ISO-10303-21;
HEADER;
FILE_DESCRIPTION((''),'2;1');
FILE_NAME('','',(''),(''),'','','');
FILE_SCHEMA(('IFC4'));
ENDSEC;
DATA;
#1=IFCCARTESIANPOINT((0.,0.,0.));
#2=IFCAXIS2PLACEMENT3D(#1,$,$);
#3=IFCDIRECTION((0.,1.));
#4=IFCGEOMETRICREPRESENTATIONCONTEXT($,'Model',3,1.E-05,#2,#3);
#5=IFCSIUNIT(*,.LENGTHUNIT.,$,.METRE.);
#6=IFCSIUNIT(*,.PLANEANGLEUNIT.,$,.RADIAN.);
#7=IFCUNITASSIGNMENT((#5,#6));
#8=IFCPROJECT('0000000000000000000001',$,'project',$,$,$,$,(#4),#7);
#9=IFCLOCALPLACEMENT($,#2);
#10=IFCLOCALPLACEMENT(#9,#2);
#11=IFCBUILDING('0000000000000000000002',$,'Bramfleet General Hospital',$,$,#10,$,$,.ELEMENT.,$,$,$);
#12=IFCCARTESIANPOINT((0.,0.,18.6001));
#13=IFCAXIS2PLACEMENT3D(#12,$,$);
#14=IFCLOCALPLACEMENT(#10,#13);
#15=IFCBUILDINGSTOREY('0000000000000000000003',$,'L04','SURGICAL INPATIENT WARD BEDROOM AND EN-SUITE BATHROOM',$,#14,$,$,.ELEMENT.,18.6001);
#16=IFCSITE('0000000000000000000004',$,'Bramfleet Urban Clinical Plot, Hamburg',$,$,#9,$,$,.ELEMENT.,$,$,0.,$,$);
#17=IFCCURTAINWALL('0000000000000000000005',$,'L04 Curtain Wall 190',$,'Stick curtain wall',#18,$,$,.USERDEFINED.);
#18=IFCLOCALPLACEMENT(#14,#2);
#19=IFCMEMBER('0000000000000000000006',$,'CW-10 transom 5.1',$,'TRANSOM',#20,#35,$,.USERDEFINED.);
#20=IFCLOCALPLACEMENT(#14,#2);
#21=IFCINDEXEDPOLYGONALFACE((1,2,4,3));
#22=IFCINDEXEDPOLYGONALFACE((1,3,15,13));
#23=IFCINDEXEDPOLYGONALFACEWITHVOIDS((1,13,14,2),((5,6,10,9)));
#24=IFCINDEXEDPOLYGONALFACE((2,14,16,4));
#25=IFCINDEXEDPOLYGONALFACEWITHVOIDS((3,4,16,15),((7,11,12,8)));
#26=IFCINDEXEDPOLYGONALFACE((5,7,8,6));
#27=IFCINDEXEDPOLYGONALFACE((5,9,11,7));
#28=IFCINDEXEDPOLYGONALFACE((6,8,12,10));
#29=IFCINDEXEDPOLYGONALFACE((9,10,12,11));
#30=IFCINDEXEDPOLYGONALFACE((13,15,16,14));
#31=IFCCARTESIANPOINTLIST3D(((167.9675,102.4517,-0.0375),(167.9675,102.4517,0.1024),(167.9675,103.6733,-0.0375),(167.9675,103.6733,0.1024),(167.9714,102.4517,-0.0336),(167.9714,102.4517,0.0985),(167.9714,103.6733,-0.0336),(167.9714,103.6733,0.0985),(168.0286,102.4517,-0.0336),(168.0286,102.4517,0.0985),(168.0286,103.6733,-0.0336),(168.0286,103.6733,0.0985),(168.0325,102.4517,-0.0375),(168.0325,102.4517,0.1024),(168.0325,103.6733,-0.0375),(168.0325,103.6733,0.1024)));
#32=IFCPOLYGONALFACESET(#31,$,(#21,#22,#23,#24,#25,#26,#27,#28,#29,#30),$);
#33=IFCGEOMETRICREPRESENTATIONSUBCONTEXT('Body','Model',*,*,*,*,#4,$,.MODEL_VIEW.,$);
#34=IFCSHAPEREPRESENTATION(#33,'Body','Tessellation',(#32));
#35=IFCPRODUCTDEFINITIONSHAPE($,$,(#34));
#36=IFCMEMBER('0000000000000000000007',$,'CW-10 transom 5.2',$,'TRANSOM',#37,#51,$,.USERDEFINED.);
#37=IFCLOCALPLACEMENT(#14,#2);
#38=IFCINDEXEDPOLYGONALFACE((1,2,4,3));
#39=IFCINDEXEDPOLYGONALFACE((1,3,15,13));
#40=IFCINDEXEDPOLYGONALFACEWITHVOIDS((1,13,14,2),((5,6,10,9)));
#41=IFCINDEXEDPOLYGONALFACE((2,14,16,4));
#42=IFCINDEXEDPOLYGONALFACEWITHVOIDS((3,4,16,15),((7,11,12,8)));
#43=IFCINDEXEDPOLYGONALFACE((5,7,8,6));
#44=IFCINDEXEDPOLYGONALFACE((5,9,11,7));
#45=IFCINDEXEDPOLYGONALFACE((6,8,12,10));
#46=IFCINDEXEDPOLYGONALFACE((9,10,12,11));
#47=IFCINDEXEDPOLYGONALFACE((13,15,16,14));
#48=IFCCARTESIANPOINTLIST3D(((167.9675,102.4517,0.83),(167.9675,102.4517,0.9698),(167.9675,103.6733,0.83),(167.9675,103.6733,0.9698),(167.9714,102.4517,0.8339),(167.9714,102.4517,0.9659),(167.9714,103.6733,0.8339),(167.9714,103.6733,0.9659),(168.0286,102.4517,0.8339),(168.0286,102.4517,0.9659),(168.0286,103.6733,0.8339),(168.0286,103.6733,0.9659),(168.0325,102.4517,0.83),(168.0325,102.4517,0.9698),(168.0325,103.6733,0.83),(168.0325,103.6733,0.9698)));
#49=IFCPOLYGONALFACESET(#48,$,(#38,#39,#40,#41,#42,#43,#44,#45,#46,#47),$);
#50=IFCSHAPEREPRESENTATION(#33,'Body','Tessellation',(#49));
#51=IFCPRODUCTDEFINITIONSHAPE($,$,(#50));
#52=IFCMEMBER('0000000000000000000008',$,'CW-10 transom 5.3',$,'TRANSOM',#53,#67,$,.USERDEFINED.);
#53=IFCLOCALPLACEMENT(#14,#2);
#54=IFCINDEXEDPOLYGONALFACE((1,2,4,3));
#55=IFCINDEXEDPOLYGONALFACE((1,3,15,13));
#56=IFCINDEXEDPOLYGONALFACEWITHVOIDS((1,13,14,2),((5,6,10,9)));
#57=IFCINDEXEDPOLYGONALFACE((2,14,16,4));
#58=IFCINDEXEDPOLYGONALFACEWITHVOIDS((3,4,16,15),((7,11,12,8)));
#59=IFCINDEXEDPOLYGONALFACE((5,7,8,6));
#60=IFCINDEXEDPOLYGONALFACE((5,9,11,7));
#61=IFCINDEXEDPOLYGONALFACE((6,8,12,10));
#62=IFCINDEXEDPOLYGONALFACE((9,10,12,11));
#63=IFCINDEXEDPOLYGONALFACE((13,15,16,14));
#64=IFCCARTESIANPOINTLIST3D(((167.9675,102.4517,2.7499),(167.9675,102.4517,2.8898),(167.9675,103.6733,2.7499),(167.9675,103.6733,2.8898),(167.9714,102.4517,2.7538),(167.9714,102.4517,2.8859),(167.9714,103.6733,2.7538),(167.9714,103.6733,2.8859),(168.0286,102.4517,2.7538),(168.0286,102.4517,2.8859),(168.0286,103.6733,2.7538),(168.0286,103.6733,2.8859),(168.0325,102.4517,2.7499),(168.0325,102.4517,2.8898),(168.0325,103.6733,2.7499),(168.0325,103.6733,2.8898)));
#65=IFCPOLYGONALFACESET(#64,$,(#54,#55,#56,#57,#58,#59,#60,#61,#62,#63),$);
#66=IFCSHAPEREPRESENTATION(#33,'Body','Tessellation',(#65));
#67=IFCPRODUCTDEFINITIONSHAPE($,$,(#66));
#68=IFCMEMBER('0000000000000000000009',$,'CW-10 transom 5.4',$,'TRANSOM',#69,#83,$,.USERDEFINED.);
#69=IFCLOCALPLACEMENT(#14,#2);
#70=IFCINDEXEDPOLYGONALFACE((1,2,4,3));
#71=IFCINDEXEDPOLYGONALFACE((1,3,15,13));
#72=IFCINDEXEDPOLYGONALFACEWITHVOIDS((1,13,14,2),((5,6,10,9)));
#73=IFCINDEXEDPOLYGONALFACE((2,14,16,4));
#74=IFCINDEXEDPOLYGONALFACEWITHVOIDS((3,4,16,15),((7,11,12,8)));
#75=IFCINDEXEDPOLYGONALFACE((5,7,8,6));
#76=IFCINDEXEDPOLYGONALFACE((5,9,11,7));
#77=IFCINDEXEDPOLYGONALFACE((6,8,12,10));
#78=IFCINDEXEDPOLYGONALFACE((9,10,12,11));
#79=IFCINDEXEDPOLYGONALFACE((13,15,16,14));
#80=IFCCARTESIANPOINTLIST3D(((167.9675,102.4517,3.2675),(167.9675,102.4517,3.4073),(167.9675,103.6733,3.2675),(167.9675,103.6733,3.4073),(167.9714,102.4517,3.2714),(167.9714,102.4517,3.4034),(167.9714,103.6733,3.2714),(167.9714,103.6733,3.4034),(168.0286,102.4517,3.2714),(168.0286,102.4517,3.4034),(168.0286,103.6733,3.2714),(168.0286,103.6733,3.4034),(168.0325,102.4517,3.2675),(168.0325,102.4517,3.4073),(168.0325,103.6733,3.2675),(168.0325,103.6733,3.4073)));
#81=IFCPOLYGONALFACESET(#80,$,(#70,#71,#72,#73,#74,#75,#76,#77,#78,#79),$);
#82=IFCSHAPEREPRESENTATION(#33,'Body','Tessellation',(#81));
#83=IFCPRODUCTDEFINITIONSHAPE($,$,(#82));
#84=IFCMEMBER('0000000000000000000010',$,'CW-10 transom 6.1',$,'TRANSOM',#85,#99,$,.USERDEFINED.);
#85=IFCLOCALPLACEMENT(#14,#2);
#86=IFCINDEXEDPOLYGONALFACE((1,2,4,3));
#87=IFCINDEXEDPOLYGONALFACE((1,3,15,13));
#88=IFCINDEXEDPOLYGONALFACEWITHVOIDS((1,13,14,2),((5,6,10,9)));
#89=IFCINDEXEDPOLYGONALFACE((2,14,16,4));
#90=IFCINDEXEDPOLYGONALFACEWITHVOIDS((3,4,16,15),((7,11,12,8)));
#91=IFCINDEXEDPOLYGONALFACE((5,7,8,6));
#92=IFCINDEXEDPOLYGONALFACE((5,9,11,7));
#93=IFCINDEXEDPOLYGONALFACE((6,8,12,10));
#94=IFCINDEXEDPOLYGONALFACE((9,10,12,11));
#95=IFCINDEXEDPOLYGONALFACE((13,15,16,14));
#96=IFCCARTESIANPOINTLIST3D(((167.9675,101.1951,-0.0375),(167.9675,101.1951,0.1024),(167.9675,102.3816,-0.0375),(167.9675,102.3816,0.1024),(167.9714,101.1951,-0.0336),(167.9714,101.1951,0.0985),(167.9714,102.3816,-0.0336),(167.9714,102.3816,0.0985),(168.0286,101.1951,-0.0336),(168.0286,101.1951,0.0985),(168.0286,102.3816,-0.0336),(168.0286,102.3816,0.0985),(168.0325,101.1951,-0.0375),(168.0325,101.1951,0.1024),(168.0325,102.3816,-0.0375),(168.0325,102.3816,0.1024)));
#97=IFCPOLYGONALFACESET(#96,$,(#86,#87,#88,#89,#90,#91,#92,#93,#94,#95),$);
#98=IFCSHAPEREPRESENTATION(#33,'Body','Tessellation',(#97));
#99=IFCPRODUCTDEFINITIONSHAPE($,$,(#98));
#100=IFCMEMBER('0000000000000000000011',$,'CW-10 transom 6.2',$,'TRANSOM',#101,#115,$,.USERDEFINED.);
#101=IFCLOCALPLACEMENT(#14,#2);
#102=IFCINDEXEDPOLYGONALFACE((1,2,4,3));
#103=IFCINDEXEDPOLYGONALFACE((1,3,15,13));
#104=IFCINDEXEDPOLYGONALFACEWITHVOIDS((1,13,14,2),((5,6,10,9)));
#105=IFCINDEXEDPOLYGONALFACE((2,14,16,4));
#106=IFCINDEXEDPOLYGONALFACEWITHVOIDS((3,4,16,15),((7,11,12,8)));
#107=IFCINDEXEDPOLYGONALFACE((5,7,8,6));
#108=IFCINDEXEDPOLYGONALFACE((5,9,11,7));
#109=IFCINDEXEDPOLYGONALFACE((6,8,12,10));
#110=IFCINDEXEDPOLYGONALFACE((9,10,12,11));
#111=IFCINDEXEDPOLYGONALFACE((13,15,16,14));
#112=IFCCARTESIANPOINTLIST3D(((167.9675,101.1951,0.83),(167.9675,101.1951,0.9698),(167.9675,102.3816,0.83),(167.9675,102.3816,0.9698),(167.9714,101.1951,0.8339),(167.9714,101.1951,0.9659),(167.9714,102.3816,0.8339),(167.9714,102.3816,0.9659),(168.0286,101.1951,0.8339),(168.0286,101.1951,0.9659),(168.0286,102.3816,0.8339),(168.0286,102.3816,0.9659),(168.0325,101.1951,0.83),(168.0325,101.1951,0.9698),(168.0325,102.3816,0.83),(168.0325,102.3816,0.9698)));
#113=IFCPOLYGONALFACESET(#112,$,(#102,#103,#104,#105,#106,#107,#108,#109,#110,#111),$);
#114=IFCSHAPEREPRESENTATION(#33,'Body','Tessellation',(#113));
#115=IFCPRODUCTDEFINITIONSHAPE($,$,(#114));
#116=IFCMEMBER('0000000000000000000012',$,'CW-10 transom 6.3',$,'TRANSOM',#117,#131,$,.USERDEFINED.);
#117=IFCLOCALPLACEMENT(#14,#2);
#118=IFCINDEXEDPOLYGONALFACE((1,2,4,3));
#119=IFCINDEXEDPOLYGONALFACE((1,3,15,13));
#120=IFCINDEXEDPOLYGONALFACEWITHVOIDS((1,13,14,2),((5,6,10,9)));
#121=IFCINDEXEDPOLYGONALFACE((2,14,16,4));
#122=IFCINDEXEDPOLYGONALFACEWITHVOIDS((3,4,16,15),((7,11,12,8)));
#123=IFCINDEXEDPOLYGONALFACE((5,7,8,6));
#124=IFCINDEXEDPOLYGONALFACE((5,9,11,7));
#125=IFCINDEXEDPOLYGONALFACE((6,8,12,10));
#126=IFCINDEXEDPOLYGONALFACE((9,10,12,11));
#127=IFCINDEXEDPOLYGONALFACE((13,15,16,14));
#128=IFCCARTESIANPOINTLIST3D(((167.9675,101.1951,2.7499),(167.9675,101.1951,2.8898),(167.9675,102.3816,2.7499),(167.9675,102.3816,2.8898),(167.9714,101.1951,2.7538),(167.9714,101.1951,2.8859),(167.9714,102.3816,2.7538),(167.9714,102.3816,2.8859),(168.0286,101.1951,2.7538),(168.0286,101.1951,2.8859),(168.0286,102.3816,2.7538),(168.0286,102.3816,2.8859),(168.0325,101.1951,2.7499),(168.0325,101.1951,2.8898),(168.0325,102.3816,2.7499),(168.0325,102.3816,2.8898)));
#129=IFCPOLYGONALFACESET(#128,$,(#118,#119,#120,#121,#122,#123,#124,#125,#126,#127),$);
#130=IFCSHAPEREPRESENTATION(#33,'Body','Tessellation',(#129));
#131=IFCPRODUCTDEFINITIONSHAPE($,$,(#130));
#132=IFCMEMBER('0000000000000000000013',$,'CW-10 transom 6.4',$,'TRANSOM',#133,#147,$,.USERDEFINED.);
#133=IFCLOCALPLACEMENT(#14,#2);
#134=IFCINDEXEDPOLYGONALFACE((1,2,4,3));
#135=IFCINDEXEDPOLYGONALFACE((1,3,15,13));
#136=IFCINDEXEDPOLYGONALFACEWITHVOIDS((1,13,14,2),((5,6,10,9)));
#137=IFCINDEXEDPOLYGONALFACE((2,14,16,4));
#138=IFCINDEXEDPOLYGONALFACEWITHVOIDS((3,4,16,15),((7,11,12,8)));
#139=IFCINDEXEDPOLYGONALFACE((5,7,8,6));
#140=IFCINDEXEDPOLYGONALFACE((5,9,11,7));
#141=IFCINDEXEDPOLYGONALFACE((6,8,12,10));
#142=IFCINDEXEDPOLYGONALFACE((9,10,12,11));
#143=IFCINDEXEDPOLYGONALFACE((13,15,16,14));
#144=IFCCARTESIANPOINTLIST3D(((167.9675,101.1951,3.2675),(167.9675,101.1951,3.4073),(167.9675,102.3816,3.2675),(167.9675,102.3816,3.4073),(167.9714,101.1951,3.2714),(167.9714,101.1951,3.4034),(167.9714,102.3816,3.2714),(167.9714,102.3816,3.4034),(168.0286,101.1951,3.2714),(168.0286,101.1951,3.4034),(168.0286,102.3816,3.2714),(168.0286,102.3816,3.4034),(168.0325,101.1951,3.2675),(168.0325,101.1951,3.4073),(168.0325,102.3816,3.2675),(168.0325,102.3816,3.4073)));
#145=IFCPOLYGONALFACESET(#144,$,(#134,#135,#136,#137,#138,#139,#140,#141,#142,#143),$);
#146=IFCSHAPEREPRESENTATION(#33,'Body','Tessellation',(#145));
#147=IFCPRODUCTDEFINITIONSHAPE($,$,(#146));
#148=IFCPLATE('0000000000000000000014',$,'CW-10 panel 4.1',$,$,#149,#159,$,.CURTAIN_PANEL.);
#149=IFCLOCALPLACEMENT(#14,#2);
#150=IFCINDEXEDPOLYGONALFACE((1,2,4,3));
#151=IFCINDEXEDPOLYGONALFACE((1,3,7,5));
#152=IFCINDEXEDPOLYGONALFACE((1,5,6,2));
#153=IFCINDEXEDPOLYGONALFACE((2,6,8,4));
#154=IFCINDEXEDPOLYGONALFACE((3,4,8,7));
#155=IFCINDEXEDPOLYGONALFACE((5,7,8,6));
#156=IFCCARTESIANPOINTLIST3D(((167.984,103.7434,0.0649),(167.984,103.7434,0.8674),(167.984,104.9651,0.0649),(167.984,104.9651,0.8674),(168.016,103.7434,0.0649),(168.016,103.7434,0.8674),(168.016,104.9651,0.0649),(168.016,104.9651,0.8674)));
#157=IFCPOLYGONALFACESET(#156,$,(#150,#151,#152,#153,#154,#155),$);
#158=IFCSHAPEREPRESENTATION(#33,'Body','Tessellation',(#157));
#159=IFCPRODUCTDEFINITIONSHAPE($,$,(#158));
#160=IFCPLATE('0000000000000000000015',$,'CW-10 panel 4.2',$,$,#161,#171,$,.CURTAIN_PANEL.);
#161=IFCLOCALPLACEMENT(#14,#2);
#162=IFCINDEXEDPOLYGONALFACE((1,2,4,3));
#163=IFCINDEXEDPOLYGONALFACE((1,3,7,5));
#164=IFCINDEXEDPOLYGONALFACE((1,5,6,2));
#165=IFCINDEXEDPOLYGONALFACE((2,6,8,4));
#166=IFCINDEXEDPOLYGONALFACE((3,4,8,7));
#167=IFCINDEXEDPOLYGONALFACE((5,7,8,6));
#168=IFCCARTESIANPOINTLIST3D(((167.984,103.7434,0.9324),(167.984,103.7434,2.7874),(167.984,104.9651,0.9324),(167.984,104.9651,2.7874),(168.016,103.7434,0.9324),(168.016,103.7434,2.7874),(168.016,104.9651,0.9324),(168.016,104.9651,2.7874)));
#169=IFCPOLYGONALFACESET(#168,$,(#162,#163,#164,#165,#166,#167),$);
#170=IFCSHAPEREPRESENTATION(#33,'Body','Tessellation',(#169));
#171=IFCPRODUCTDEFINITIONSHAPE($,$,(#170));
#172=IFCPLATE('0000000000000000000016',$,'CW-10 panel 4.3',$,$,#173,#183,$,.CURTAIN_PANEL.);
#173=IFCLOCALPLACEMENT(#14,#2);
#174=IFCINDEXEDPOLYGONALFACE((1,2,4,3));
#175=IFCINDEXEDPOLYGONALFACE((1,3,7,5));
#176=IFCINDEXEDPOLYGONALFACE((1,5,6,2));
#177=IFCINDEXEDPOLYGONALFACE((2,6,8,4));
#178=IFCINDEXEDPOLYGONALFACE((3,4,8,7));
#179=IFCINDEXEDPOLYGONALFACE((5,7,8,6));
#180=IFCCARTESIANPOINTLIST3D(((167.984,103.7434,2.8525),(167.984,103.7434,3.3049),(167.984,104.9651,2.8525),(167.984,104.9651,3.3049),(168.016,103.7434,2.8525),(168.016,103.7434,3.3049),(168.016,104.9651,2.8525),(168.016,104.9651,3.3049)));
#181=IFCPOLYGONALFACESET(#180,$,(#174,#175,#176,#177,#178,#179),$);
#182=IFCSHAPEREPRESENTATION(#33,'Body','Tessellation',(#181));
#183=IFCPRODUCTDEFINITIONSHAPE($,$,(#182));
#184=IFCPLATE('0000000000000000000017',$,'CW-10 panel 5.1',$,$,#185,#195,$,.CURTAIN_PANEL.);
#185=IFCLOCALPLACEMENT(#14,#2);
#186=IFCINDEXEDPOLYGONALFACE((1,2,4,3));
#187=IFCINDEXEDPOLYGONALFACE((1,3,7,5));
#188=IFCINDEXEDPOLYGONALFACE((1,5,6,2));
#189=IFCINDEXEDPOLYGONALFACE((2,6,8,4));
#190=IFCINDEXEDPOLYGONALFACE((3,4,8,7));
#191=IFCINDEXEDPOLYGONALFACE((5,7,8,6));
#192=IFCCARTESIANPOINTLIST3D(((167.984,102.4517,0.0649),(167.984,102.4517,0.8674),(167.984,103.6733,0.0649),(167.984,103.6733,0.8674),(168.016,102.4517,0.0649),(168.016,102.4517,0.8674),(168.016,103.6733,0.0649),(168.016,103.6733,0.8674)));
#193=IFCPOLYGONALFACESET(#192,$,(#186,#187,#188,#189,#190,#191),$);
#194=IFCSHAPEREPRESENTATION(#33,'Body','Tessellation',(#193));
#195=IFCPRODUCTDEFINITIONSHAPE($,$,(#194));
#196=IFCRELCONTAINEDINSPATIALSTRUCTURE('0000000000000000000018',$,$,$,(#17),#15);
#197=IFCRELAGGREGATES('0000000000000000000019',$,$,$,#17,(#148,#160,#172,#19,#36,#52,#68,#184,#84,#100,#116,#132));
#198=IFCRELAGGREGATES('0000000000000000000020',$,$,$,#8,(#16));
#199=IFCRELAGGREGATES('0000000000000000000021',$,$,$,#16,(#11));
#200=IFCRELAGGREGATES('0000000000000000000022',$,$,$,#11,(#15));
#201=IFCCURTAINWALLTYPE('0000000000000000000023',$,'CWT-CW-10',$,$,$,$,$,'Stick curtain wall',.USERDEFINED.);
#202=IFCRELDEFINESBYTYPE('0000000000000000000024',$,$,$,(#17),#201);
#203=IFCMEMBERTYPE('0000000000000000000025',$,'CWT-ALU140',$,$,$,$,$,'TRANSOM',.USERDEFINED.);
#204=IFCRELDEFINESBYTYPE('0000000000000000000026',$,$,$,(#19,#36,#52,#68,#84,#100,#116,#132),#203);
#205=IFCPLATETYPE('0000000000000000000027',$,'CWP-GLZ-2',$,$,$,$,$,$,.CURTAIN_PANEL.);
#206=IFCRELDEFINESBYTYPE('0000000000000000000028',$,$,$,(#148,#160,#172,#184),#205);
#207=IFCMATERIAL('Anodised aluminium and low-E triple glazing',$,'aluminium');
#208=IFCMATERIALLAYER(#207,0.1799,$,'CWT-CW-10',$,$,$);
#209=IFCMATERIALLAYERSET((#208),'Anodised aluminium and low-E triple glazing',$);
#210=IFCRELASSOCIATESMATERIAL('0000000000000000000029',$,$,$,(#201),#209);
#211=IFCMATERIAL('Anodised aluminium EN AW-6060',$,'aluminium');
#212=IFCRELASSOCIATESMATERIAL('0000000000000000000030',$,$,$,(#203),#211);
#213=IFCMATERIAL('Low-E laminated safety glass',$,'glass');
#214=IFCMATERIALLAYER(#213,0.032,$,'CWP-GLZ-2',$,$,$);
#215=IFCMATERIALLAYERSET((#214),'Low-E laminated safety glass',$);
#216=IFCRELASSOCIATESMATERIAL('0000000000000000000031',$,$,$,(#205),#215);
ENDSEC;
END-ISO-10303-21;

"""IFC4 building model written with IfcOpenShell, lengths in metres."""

from ifc_helpers import new_model, si_unit, direction, frame, origin, origin_2d, place, context, subcontext, project, spatial, rectangle, hollow_rectangle, extrude, material, layer, layer_set, material_profile, profile_set, type_object, element, aggregate, save


model = new_model("IFC4")

# Units and contexts
model_context = context("Model", 3, precision=1e-05, world=origin(), true_north=direction((0.0, 1.0)))
body_context = subcontext(model_context, "Body", "Model", "MODEL_VIEW")
ifc_project = project(units=[si_unit("LENGTHUNIT", "METRE"), si_unit("PLANEANGLEUNIT", "RADIAN")], contexts=[model_context])

# Site, building, storey
site_placement = place(None, origin())
site = spatial("IfcSite", under=ifc_project, at=site_placement, Name="Bramfleet Urban Clinical Plot, Hamburg", CompositionType="ELEMENT", RefElevation=0.0)
building_placement = place(site_placement, origin())
building = spatial("IfcBuilding", under=site, at=building_placement, Name="Bramfleet General Hospital", CompositionType="ELEMENT")
storey_placement = place(building_placement, frame((0.0, 0.0, 18.6001)))
storey = spatial("IfcBuildingStorey", under=building, at=storey_placement, Name="L04", Description="SURGICAL INPATIENT WARD BEDROOM AND EN-SUITE BATHROOM", CompositionType="ELEMENT", Elevation=18.6001)

# Curtain wall, members, plates
ifc_material_1 = material(Name="Anodised aluminium and low-E triple glazing", Category="aluminium")
ifc_layer_1 = layer(ifc_material_1, 0.1799, Name="CWT-CW-10")
ifc_layer_set_1 = layer_set([ifc_layer_1], Name="Anodised aluminium and low-E triple glazing")
curtain_wall_type = type_object("IfcCurtainWallType", Name="CWT-CW-10", ElementType="Stick curtain wall", PredefinedType="USERDEFINED", material=ifc_layer_set_1)
curtain_wall_placement = place(storey_placement, origin())
curtain_wall = element("IfcCurtainWall", 1, at=curtain_wall_placement, inside=storey, type_object=curtain_wall_type, Name="L04 Curtain Wall 190", ObjectType="Stick curtain wall", PredefinedType="USERDEFINED")
ifc_material_2 = material(Name="Anodised aluminium EN AW-6060", Category="aluminium")
ifc_material_profile_1 = material_profile(ifc_material_2, hollow_rectangle(XDim=0.0649, YDim=0.1399, WallThickness=0.0039, at=origin_2d()), Name="ALU 140x65x4.0")
ifc_profile_set_1 = profile_set([ifc_material_profile_1], Name="Anodised aluminium EN AW-6060")
member_type_1 = type_object("IfcMemberType", Name="CWT-ALU140", ElementType="TRANSOM", PredefinedType="USERDEFINED", material=ifc_profile_set_1)
member_1_placement = place(storey_placement, frame((168.0, 103.6733, 0.0325), z_axis=(0.0, -1.0, 0.0), x_axis=(1.0, 0.0, 0.0)))
member_1 = element("IfcMember", 2, at=member_1_placement, type_object=member_type_1, Name="CW-10 transom 5.1", ObjectType="TRANSOM", PredefinedType="USERDEFINED", context=body_context, shape_type="SweptSolid", body=[
    extrude(hollow_rectangle(XDim=0.0649, YDim=0.1399, WallThickness=0.0039, at=origin_2d()), origin(), (0.0, 0.0, 1.0), 1.2217),
])
member_2_placement = place(storey_placement, frame((168.0, 103.6733, 0.8999), z_axis=(0.0, -1.0, 0.0), x_axis=(1.0, 0.0, 0.0)))
member_2 = element("IfcMember", 3, at=member_2_placement, type_object=member_type_1, Name="CW-10 transom 5.2", ObjectType="TRANSOM", PredefinedType="USERDEFINED", context=body_context, shape_type="SweptSolid", body=[
    extrude(hollow_rectangle(XDim=0.0649, YDim=0.1399, WallThickness=0.0039, at=origin_2d()), origin(), (0.0, 0.0, 1.0), 1.2217),
])
member_3_placement = place(storey_placement, frame((168.0, 103.6733, 2.8198), z_axis=(0.0, -1.0, 0.0), x_axis=(1.0, 0.0, 0.0)))
member_3 = element("IfcMember", 4, at=member_3_placement, type_object=member_type_1, Name="CW-10 transom 5.3", ObjectType="TRANSOM", PredefinedType="USERDEFINED", context=body_context, shape_type="SweptSolid", body=[
    extrude(hollow_rectangle(XDim=0.0649, YDim=0.1399, WallThickness=0.0039, at=origin_2d()), origin(), (0.0, 0.0, 1.0), 1.2217),
])
member_4_placement = place(storey_placement, frame((168.0, 103.6733, 3.3374), z_axis=(0.0, -1.0, 0.0), x_axis=(1.0, 0.0, 0.0)))
member_4 = element("IfcMember", 5, at=member_4_placement, type_object=member_type_1, Name="CW-10 transom 5.4", ObjectType="TRANSOM", PredefinedType="USERDEFINED", context=body_context, shape_type="SweptSolid", body=[
    extrude(hollow_rectangle(XDim=0.0649, YDim=0.1399, WallThickness=0.0039, at=origin_2d()), origin(), (0.0, 0.0, 1.0), 1.2217),
])
member_5_placement = place(storey_placement, frame((168.0, 102.3816, 0.0325), z_axis=(0.0, -1.0, 0.0), x_axis=(1.0, 0.0, 0.0)))
member_5 = element("IfcMember", 6, at=member_5_placement, type_object=member_type_1, Name="CW-10 transom 6.1", ObjectType="TRANSOM", PredefinedType="USERDEFINED", context=body_context, shape_type="SweptSolid", body=[
    extrude(hollow_rectangle(XDim=0.0649, YDim=0.1399, WallThickness=0.0039, at=origin_2d()), origin(), (0.0, 0.0, 1.0), 1.1865),
])
member_6_placement = place(storey_placement, frame((168.0, 102.3816, 0.8999), z_axis=(0.0, -1.0, 0.0), x_axis=(1.0, 0.0, 0.0)))
member_6 = element("IfcMember", 7, at=member_6_placement, type_object=member_type_1, Name="CW-10 transom 6.2", ObjectType="TRANSOM", PredefinedType="USERDEFINED", context=body_context, shape_type="SweptSolid", body=[
    extrude(hollow_rectangle(XDim=0.0649, YDim=0.1399, WallThickness=0.0039, at=origin_2d()), origin(), (0.0, 0.0, 1.0), 1.1865),
])
member_7_placement = place(storey_placement, frame((168.0, 102.3816, 2.8198), z_axis=(0.0, -1.0, 0.0), x_axis=(1.0, 0.0, 0.0)))
member_7 = element("IfcMember", 8, at=member_7_placement, type_object=member_type_1, Name="CW-10 transom 6.3", ObjectType="TRANSOM", PredefinedType="USERDEFINED", context=body_context, shape_type="SweptSolid", body=[
    extrude(hollow_rectangle(XDim=0.0649, YDim=0.1399, WallThickness=0.0039, at=origin_2d()), origin(), (0.0, 0.0, 1.0), 1.1865),
])
member_8_placement = place(storey_placement, frame((168.0, 102.3816, 3.3374), z_axis=(0.0, -1.0, 0.0), x_axis=(1.0, 0.0, 0.0)))
member_8 = element("IfcMember", 9, at=member_8_placement, type_object=member_type_1, Name="CW-10 transom 6.4", ObjectType="TRANSOM", PredefinedType="USERDEFINED", context=body_context, shape_type="SweptSolid", body=[
    extrude(hollow_rectangle(XDim=0.0649, YDim=0.1399, WallThickness=0.0039, at=origin_2d()), origin(), (0.0, 0.0, 1.0), 1.1865),
])
ifc_material_3 = material(Name="Low-E laminated safety glass", Category="glass")
ifc_layer_2 = layer(ifc_material_3, 0.032, Name="CWP-GLZ-2")
ifc_layer_set_2 = layer_set([ifc_layer_2], Name="Low-E laminated safety glass")
plate_type = type_object("IfcPlateType", Name="CWP-GLZ-2", PredefinedType="CURTAIN_PANEL", material=ifc_layer_set_2)
plate_1_placement = place(storey_placement, frame((168.0, 104.3542, 0.0649), z_axis=(0.0, 0.0, 1.0), x_axis=(0.0, -1.0, 0.0)))
plate_1 = element("IfcPlate", 10, at=plate_1_placement, type_object=plate_type, Name="CW-10 panel 4.1", PredefinedType="CURTAIN_PANEL", context=body_context, shape_type="SweptSolid", body=[
    extrude(rectangle(XDim=1.2217, YDim=0.032, at=origin_2d()), origin(), (0.0, 0.0, 1.0), 0.8025),
])
plate_2_placement = place(storey_placement, frame((168.0, 104.3542, 0.9324), z_axis=(0.0, 0.0, 1.0), x_axis=(0.0, -1.0, 0.0)))
plate_2 = element("IfcPlate", 11, at=plate_2_placement, type_object=plate_type, Name="CW-10 panel 4.2", PredefinedType="CURTAIN_PANEL", context=body_context, shape_type="SweptSolid", body=[
    extrude(rectangle(XDim=1.2217, YDim=0.032, at=origin_2d()), origin(), (0.0, 0.0, 1.0), 1.855),
])
plate_3_placement = place(storey_placement, frame((168.0, 104.3542, 2.8525), z_axis=(0.0, 0.0, 1.0), x_axis=(0.0, -1.0, 0.0)))
plate_3 = element("IfcPlate", 12, at=plate_3_placement, type_object=plate_type, Name="CW-10 panel 4.3", PredefinedType="CURTAIN_PANEL", context=body_context, shape_type="SweptSolid", body=[
    extrude(rectangle(XDim=1.2217, YDim=0.032, at=origin_2d()), origin(), (0.0, 0.0, 1.0), 0.4524),
])
plate_4_placement = place(storey_placement, frame((168.0, 103.0625, 0.0649), z_axis=(0.0, 0.0, 1.0), x_axis=(0.0, -1.0, 0.0)))
plate_4 = element("IfcPlate", 13, at=plate_4_placement, type_object=plate_type, Name="CW-10 panel 5.1", PredefinedType="CURTAIN_PANEL", context=body_context, shape_type="SweptSolid", body=[
    extrude(rectangle(XDim=1.2217, YDim=0.032, at=origin_2d()), origin(), (0.0, 0.0, 1.0), 0.8025),
])
aggregate(curtain_wall, [plate_1, plate_2, plate_3, member_1, member_2, member_3, member_4, plate_4, member_5, member_6, member_7, member_8])

save(model, "model.ifc")
